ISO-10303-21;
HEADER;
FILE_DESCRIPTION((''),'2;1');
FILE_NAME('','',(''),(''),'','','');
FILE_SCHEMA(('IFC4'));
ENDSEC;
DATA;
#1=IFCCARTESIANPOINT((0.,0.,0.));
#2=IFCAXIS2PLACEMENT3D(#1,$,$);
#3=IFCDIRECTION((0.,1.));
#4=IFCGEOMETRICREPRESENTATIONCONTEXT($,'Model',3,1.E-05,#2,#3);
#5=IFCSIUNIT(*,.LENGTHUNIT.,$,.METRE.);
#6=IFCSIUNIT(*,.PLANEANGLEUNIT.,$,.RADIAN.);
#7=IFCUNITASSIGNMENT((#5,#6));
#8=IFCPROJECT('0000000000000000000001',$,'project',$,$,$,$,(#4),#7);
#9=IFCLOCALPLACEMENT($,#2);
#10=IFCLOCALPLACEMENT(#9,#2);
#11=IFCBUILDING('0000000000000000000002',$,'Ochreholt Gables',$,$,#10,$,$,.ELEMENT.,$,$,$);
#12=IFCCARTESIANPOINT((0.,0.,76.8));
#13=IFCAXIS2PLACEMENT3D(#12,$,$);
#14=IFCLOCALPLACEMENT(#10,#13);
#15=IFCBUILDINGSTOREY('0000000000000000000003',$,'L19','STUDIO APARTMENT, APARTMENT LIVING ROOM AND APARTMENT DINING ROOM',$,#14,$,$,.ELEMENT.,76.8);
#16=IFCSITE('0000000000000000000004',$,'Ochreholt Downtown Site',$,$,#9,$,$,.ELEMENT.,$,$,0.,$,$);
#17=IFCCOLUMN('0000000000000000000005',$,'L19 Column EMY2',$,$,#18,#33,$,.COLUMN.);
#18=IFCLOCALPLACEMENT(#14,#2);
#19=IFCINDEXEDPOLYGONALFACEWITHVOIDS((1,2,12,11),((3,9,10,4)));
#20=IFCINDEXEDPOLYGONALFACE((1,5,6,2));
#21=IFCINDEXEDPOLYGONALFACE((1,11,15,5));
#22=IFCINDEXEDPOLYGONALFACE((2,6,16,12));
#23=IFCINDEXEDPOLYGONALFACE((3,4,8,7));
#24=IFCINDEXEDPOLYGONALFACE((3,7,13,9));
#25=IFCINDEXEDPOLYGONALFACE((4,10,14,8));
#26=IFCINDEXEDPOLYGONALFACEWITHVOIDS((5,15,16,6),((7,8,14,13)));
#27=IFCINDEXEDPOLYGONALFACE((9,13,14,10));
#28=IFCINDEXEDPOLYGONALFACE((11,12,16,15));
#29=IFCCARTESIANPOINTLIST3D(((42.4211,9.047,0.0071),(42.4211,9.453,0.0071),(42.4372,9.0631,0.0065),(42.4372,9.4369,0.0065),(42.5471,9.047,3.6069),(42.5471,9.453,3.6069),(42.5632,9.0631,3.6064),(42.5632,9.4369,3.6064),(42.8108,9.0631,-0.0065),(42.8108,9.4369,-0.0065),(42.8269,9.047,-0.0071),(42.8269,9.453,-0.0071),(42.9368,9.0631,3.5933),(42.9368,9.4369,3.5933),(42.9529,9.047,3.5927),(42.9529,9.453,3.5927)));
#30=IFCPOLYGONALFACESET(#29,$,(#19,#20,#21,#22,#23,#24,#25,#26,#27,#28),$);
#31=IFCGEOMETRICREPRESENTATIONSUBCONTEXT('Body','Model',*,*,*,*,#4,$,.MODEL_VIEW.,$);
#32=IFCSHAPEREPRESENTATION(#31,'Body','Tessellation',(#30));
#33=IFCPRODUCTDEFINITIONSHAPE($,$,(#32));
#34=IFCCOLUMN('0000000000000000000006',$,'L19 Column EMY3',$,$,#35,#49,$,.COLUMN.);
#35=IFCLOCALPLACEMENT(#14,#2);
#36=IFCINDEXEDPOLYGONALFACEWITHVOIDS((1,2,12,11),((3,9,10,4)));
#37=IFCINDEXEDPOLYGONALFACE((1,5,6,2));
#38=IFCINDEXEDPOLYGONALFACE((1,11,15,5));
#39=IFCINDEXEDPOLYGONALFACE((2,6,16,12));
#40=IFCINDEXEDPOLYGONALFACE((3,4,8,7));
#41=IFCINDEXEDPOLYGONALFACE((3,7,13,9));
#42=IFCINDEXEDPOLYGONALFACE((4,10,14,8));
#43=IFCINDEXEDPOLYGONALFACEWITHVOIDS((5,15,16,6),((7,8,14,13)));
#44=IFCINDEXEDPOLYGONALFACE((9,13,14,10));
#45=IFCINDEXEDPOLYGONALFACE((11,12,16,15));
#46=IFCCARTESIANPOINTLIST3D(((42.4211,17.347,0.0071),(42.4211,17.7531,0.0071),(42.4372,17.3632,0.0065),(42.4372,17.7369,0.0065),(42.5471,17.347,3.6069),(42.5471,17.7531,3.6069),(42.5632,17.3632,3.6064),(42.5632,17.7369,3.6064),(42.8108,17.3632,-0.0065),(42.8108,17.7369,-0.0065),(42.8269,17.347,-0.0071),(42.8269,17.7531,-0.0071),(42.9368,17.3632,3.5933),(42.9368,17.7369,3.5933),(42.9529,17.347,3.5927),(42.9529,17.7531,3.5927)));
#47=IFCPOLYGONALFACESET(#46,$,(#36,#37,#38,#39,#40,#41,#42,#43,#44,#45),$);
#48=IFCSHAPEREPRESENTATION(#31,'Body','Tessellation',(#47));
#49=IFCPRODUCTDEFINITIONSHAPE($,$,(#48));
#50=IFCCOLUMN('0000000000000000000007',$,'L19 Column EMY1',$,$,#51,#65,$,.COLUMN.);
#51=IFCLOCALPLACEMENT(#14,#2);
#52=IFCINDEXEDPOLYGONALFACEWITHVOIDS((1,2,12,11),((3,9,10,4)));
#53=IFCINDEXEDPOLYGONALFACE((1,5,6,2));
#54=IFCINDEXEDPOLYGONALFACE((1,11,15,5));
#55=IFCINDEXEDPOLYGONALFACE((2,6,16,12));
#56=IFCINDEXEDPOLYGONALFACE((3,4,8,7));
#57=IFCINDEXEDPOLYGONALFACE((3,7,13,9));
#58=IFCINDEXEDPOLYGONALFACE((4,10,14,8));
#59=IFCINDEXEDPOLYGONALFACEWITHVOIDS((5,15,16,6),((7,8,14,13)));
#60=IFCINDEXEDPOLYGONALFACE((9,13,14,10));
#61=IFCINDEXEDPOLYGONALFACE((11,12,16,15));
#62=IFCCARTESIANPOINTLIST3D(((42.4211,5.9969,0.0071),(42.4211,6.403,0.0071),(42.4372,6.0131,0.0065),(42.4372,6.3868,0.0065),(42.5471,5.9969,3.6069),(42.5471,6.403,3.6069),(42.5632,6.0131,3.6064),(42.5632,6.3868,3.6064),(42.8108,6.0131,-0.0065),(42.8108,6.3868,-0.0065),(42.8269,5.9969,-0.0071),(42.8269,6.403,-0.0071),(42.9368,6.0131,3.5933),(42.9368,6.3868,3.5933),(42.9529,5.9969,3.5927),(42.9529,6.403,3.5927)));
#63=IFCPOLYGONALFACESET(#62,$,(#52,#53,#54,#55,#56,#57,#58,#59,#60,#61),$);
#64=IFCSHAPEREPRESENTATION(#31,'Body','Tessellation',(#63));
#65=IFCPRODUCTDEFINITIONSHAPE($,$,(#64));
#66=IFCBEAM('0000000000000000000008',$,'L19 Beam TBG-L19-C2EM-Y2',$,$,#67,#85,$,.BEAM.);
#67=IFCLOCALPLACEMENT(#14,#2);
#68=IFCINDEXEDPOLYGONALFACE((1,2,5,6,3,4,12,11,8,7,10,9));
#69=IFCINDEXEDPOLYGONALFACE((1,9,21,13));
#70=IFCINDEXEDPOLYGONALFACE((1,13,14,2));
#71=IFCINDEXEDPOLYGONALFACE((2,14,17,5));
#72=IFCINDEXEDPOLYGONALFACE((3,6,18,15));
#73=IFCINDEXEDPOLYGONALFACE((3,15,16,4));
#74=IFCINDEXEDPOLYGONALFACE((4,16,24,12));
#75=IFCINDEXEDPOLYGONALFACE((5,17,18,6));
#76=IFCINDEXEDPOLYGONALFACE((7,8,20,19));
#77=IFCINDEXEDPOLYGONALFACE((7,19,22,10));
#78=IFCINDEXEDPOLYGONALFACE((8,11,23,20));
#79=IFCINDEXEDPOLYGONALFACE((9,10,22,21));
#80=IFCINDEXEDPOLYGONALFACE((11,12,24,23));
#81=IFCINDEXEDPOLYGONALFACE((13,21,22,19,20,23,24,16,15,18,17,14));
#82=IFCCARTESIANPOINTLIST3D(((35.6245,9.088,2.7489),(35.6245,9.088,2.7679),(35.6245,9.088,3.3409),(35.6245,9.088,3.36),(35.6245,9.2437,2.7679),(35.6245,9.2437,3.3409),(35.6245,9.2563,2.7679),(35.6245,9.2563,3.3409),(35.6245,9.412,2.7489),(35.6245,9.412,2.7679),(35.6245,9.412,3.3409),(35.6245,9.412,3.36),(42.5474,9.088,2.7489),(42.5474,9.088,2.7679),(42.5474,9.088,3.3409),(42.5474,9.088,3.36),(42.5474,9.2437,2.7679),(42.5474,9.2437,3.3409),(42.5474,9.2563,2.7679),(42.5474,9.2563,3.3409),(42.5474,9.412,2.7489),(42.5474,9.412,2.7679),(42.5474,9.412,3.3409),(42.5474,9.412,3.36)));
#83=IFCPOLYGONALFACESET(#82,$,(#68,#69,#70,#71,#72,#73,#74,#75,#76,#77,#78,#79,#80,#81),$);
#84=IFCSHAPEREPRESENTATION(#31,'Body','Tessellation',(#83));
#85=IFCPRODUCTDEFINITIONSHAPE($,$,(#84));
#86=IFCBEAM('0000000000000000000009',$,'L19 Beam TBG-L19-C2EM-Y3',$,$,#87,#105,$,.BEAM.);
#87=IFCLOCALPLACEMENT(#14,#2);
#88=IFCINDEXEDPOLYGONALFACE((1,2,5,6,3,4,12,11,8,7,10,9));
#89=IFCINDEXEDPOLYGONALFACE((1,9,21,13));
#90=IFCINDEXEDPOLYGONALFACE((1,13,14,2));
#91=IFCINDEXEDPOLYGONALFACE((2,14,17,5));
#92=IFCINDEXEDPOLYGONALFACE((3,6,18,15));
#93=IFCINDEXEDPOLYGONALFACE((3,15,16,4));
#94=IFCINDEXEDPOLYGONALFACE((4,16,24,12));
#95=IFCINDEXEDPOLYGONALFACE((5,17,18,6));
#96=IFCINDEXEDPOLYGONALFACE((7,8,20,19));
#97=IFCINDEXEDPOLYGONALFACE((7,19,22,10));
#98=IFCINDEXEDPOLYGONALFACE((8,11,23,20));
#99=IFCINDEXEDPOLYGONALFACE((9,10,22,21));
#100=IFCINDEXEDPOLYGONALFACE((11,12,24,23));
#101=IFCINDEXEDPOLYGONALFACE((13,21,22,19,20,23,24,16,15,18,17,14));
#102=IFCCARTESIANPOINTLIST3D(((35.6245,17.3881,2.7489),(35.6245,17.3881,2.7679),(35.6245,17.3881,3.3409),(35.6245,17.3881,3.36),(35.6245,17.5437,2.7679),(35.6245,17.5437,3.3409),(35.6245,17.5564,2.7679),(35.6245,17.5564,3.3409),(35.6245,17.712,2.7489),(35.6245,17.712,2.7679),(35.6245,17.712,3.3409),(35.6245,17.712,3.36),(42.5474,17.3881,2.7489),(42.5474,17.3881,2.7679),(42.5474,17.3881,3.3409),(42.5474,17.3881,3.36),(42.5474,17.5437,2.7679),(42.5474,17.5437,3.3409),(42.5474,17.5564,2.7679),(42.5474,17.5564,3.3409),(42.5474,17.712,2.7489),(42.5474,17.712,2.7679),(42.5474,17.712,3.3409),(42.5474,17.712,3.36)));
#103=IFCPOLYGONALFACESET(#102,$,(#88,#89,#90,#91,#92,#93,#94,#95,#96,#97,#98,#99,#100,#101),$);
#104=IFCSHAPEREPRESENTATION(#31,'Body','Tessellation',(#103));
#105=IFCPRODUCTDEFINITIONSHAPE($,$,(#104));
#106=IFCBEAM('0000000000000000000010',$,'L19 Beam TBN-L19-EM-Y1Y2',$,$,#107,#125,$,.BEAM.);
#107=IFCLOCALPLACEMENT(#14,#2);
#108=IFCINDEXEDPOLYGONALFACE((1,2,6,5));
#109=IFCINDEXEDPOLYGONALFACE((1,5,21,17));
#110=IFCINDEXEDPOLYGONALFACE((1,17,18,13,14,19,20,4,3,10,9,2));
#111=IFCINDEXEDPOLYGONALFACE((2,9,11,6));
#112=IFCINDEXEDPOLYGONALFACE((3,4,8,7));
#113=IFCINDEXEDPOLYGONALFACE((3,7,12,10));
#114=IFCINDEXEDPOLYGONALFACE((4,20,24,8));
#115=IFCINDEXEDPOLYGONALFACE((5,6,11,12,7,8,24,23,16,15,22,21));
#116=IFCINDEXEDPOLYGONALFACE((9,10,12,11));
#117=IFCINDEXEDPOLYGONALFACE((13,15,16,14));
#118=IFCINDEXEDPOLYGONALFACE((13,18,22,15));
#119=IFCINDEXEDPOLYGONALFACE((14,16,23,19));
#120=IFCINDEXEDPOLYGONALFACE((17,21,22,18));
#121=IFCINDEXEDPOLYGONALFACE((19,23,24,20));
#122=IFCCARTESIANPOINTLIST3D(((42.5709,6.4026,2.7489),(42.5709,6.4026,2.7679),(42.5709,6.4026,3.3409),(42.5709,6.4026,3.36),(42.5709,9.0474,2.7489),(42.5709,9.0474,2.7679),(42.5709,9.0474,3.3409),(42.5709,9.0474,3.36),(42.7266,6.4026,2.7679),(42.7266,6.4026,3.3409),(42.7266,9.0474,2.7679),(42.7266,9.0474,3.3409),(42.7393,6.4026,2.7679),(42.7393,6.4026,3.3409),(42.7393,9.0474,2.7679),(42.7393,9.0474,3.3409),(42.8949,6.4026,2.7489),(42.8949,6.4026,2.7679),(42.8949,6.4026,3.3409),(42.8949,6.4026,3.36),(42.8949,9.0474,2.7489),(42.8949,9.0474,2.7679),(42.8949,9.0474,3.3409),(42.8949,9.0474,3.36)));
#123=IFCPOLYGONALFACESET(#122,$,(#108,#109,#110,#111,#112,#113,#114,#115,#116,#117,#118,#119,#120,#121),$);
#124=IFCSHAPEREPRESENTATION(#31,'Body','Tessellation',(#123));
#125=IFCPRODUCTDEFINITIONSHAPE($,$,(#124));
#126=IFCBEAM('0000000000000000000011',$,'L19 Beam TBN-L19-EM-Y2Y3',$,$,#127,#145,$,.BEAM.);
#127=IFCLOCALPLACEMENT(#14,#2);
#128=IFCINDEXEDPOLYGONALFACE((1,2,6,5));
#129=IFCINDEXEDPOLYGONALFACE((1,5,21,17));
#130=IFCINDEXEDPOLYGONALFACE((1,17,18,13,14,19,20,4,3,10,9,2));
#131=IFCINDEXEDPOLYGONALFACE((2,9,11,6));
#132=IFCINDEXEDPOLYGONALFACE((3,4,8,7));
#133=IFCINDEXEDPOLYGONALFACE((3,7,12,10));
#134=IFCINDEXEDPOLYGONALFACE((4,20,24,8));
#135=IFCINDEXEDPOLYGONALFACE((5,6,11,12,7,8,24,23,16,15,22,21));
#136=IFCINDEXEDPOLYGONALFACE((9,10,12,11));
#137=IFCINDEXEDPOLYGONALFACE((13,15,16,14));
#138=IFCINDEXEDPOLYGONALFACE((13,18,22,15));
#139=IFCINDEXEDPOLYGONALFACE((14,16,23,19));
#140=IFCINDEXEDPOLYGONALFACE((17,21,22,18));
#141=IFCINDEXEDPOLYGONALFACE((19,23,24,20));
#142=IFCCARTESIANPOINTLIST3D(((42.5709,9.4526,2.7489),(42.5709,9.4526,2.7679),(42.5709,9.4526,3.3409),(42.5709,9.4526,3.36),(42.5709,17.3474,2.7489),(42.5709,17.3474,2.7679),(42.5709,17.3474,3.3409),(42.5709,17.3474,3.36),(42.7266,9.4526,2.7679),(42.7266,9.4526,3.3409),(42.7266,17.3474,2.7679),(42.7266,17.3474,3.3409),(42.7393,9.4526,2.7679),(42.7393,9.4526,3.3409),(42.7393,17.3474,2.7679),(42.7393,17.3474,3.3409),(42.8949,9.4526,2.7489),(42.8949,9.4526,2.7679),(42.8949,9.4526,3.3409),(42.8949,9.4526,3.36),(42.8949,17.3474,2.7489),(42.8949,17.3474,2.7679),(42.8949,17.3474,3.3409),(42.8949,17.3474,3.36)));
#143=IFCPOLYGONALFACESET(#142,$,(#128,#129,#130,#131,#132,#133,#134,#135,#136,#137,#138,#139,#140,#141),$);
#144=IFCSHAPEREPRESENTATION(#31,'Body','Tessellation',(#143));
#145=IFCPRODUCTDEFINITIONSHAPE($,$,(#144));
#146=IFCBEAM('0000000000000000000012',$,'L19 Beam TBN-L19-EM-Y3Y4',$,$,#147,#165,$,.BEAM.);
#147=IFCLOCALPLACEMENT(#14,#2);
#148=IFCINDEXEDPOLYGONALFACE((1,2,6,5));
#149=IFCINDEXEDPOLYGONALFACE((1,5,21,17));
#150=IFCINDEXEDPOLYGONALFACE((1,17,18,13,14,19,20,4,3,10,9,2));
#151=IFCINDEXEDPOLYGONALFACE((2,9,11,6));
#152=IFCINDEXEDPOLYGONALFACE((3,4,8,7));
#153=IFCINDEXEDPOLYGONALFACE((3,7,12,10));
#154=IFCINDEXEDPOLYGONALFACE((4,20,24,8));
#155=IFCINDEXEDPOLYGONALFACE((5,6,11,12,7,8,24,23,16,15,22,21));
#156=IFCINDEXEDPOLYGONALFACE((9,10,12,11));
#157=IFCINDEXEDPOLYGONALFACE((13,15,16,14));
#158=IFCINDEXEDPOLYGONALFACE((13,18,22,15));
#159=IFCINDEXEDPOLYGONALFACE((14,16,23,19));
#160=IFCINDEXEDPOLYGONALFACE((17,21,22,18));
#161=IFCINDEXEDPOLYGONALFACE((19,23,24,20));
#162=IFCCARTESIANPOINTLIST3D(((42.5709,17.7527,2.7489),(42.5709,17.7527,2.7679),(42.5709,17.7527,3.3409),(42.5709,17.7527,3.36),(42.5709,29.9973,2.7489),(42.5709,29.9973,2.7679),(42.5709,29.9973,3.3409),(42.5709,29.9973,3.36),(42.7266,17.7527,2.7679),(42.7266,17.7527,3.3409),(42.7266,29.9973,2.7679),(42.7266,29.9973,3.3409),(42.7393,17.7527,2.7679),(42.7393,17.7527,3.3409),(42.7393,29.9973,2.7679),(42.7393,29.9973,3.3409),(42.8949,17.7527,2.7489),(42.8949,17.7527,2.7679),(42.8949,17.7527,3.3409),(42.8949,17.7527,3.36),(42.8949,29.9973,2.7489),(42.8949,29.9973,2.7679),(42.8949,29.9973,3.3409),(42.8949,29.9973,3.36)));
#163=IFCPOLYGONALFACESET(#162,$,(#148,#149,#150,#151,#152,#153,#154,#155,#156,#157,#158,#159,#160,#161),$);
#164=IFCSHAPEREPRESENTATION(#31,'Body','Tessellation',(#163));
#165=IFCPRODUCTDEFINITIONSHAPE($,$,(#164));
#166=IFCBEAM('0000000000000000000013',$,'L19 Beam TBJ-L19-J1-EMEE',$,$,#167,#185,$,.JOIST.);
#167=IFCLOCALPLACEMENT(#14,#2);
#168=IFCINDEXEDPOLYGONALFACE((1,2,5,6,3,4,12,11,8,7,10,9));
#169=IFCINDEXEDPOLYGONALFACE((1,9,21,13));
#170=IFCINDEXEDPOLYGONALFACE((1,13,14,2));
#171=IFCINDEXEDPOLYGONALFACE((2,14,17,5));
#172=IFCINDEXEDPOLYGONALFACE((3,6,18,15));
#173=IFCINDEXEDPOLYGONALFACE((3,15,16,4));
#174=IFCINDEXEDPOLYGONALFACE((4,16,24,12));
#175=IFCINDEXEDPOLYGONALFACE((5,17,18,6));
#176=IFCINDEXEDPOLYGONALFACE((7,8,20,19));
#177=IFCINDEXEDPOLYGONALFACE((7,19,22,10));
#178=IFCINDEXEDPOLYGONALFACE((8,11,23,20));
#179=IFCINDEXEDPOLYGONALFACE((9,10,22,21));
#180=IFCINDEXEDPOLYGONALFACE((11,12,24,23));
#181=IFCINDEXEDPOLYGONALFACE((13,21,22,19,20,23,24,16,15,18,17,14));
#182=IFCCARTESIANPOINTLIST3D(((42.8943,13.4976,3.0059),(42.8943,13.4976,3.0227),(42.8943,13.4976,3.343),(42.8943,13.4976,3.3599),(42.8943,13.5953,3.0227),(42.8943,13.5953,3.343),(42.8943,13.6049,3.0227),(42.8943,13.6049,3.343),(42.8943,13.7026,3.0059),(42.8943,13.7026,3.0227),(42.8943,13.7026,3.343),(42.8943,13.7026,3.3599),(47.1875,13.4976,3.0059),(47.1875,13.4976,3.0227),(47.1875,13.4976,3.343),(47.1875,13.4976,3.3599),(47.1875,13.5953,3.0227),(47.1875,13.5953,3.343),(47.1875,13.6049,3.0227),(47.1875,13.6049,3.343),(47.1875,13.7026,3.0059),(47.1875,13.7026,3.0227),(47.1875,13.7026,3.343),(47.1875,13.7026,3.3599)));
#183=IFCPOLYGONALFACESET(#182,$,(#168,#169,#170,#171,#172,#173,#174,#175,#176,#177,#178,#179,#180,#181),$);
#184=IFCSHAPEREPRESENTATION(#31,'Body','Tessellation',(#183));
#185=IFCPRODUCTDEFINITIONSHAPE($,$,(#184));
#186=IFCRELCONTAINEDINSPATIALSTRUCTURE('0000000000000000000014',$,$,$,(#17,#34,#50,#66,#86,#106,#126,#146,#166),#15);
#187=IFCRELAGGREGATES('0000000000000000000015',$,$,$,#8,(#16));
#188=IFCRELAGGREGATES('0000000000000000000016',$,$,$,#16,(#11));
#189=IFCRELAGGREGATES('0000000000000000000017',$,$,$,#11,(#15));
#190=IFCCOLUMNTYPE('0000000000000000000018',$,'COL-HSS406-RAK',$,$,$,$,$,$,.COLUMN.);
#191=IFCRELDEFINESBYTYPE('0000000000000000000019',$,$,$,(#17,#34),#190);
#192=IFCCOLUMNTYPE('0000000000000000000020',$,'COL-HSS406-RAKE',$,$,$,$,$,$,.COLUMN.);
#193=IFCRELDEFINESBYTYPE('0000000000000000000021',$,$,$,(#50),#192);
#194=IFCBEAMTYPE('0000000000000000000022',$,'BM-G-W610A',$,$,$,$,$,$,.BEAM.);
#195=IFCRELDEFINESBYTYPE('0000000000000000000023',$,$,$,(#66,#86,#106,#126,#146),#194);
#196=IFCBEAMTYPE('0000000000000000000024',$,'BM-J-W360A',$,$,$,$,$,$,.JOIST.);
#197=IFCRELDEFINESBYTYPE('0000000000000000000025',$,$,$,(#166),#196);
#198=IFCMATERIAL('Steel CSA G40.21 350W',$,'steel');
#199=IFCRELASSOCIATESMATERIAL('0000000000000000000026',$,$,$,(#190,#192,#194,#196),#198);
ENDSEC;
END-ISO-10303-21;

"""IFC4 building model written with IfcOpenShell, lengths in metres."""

from ifc_helpers import new_model, si_unit, direction, frame, origin, origin_2d, place, context, subcontext, project, spatial, hollow_rectangle, i_section, extrude, material, material_profile, profile_set, type_object, element, save


model = new_model("IFC4")

# Units and contexts
model_context = context("Model", 3, precision=1e-05, world=origin(), true_north=direction((0.0, 1.0)))
body_context = subcontext(model_context, "Body", "Model", "MODEL_VIEW")
ifc_project = project(units=[si_unit("LENGTHUNIT", "METRE"), si_unit("PLANEANGLEUNIT", "RADIAN")], contexts=[model_context])

# Site, building, storey
site_placement = place(None, origin())
site = spatial("IfcSite", under=ifc_project, at=site_placement, Name="Ochreholt Downtown Site", CompositionType="ELEMENT", RefElevation=0.0)
building_placement = place(site_placement, origin())
building = spatial("IfcBuilding", under=site, at=building_placement, Name="Ochreholt Gables", CompositionType="ELEMENT")
storey_placement = place(building_placement, frame((0.0, 0.0, 76.8)))
storey = spatial("IfcBuildingStorey", under=building, at=storey_placement, Name="L19", Description="STUDIO APARTMENT, APARTMENT LIVING ROOM AND APARTMENT DINING ROOM", CompositionType="ELEMENT", Elevation=76.8)

# Columns
ifc_material_1 = material(Name="Steel CSA G40.21 350W", Category="steel")
ifc_material_profile_1 = material_profile(ifc_material_1, hollow_rectangle(XDim=0.406, YDim=0.406, WallThickness=0.0161, at=origin_2d()), Name="HSS406X406X16")
ifc_profile_set_1 = profile_set([ifc_material_profile_1], Name="Steel CSA G40.21 350W")
column_type_1 = type_object("IfcColumnType", Name="COL-HSS406-RAK", PredefinedType="COLUMN", material=ifc_profile_set_1)
for number, where, z_axis, x_axis, name in (
    (1, (42.624, 9.25, 0.0), (0.034974, 0.0, 0.999388), (0.0, 1.0, 0.0), "L19 Column EMY2"),
    (2, (42.624, 17.55, 0.0), (0.034974, 0.0, 0.999388), (0.0, 1.0, 0.0), "L19 Column EMY3"),
):
    element("IfcColumn", number, at=place(storey_placement, frame(where, z_axis=z_axis, x_axis=x_axis)), inside=storey, type_object=column_type_1, Name=name, PredefinedType="COLUMN", context=body_context, shape_type="SweptSolid", body=[
        extrude(hollow_rectangle(XDim=0.406, YDim=0.406, WallThickness=0.0161, at=origin_2d()), origin(), (0.0, 0.0, 1.0), 3.6021),
    ])
ifc_material_profile_2 = material_profile(ifc_material_1, hollow_rectangle(XDim=0.406, YDim=0.406, WallThickness=0.0161, at=origin_2d()), Name="HSS406X406X16")
ifc_profile_set_2 = profile_set([ifc_material_profile_2], Name="Steel CSA G40.21 350W")
column_type_2 = type_object("IfcColumnType", Name="COL-HSS406-RAKE", PredefinedType="COLUMN", material=ifc_profile_set_2)
column_placement = place(storey_placement, frame((42.624, 6.2, 0.0), z_axis=(0.034974, 0.0, 0.999388), x_axis=(0.0, 1.0, 0.0)))
element("IfcColumn", 3, at=column_placement, inside=storey, type_object=column_type_2, Name="L19 Column EMY1", PredefinedType="COLUMN", context=body_context, shape_type="SweptSolid", body=[
    extrude(hollow_rectangle(XDim=0.406, YDim=0.406, WallThickness=0.0161, at=origin_2d()), origin(), (0.0, 0.0, 1.0), 3.6021),
])

# Beams
ifc_material_profile_3 = material_profile(ifc_material_1, i_section(OverallWidth=0.324, OverallDepth=0.6111, WebThickness=0.0127, FlangeThickness=0.019, at=origin_2d()), Name="W610X155")
ifc_profile_set_3 = profile_set([ifc_material_profile_3], Name="Steel CSA G40.21 350W")
beam_type_1 = type_object("IfcBeamType", Name="BM-G-W610A", PredefinedType="BEAM", material=ifc_profile_set_3)
for number, where, z_axis, x_axis, name in (
    (4, (35.6245, 9.25, 3.0544), (1.0, 0.0, 0.0), (0.0, 1.0, 0.0), "L19 Beam TBG-L19-C2EM-Y2"),
    (5, (35.6245, 17.55, 3.0544), (1.0, 0.0, 0.0), (0.0, 1.0, 0.0), "L19 Beam TBG-L19-C2EM-Y3"),
):
    element("IfcBeam", number, at=place(storey_placement, frame(where, z_axis=z_axis, x_axis=x_axis)), inside=storey, type_object=beam_type_1, Name=name, PredefinedType="BEAM", context=body_context, shape_type="SweptSolid", body=[
        extrude(i_section(OverallWidth=0.324, OverallDepth=0.6111, WebThickness=0.0127, FlangeThickness=0.019, at=origin_2d()), origin(), (0.0, 0.0, 1.0), 6.9229),
    ])
beam_1_placement = place(storey_placement, frame((42.7329, 6.4026, 3.0544), z_axis=(0.0, 1.0, 0.0), x_axis=(-1.0, 0.0, 0.0)))
element("IfcBeam", 6, at=beam_1_placement, inside=storey, type_object=beam_type_1, Name="L19 Beam TBN-L19-EM-Y1Y2", PredefinedType="BEAM", context=body_context, shape_type="SweptSolid", body=[
    extrude(i_section(OverallWidth=0.324, OverallDepth=0.6111, WebThickness=0.0127, FlangeThickness=0.019, at=origin_2d()), origin(), (0.0, 0.0, 1.0), 2.6448),
])
beam_2_placement = place(storey_placement, frame((42.7329, 9.4526, 3.0544), z_axis=(0.0, 1.0, 0.0), x_axis=(-1.0, 0.0, 0.0)))
element("IfcBeam", 7, at=beam_2_placement, inside=storey, type_object=beam_type_1, Name="L19 Beam TBN-L19-EM-Y2Y3", PredefinedType="BEAM", context=body_context, shape_type="SweptSolid", body=[
    extrude(i_section(OverallWidth=0.324, OverallDepth=0.6111, WebThickness=0.0127, FlangeThickness=0.019, at=origin_2d()), origin(), (0.0, 0.0, 1.0), 7.8948),
])
beam_3_placement = place(storey_placement, frame((42.7329, 17.7527, 3.0544), z_axis=(0.0, 1.0, 0.0), x_axis=(-1.0, 0.0, 0.0)))
element("IfcBeam", 8, at=beam_3_placement, inside=storey, type_object=beam_type_1, Name="L19 Beam TBN-L19-EM-Y3Y4", PredefinedType="BEAM", context=body_context, shape_type="SweptSolid", body=[
    extrude(i_section(OverallWidth=0.324, OverallDepth=0.6111, WebThickness=0.0127, FlangeThickness=0.019, at=origin_2d()), origin(), (0.0, 0.0, 1.0), 12.2446),
])
ifc_material_profile_4 = material_profile(ifc_material_1, i_section(OverallWidth=0.2051, OverallDepth=0.354, WebThickness=0.0095, FlangeThickness=0.0168, at=origin_2d()), Name="W360X79")
ifc_profile_set_4 = profile_set([ifc_material_profile_4], Name="Steel CSA G40.21 350W")
beam_type_2 = type_object("IfcBeamType", Name="BM-J-W360A", PredefinedType="JOIST", material=ifc_profile_set_4)
beam_4_placement = place(storey_placement, frame((42.8943, 13.6001, 3.1829), z_axis=(1.0, 0.0, 0.0), x_axis=(0.0, 1.0, 0.0)))
element("IfcBeam", 9, at=beam_4_placement, inside=storey, type_object=beam_type_2, Name="L19 Beam TBJ-L19-J1-EMEE", PredefinedType="JOIST", context=body_context, shape_type="SweptSolid", body=[
    extrude(i_section(OverallWidth=0.2051, OverallDepth=0.354, WebThickness=0.0095, FlangeThickness=0.0168, at=origin_2d()), origin(), (0.0, 0.0, 1.0), 4.2932),
])

save(model, "model.ifc")
